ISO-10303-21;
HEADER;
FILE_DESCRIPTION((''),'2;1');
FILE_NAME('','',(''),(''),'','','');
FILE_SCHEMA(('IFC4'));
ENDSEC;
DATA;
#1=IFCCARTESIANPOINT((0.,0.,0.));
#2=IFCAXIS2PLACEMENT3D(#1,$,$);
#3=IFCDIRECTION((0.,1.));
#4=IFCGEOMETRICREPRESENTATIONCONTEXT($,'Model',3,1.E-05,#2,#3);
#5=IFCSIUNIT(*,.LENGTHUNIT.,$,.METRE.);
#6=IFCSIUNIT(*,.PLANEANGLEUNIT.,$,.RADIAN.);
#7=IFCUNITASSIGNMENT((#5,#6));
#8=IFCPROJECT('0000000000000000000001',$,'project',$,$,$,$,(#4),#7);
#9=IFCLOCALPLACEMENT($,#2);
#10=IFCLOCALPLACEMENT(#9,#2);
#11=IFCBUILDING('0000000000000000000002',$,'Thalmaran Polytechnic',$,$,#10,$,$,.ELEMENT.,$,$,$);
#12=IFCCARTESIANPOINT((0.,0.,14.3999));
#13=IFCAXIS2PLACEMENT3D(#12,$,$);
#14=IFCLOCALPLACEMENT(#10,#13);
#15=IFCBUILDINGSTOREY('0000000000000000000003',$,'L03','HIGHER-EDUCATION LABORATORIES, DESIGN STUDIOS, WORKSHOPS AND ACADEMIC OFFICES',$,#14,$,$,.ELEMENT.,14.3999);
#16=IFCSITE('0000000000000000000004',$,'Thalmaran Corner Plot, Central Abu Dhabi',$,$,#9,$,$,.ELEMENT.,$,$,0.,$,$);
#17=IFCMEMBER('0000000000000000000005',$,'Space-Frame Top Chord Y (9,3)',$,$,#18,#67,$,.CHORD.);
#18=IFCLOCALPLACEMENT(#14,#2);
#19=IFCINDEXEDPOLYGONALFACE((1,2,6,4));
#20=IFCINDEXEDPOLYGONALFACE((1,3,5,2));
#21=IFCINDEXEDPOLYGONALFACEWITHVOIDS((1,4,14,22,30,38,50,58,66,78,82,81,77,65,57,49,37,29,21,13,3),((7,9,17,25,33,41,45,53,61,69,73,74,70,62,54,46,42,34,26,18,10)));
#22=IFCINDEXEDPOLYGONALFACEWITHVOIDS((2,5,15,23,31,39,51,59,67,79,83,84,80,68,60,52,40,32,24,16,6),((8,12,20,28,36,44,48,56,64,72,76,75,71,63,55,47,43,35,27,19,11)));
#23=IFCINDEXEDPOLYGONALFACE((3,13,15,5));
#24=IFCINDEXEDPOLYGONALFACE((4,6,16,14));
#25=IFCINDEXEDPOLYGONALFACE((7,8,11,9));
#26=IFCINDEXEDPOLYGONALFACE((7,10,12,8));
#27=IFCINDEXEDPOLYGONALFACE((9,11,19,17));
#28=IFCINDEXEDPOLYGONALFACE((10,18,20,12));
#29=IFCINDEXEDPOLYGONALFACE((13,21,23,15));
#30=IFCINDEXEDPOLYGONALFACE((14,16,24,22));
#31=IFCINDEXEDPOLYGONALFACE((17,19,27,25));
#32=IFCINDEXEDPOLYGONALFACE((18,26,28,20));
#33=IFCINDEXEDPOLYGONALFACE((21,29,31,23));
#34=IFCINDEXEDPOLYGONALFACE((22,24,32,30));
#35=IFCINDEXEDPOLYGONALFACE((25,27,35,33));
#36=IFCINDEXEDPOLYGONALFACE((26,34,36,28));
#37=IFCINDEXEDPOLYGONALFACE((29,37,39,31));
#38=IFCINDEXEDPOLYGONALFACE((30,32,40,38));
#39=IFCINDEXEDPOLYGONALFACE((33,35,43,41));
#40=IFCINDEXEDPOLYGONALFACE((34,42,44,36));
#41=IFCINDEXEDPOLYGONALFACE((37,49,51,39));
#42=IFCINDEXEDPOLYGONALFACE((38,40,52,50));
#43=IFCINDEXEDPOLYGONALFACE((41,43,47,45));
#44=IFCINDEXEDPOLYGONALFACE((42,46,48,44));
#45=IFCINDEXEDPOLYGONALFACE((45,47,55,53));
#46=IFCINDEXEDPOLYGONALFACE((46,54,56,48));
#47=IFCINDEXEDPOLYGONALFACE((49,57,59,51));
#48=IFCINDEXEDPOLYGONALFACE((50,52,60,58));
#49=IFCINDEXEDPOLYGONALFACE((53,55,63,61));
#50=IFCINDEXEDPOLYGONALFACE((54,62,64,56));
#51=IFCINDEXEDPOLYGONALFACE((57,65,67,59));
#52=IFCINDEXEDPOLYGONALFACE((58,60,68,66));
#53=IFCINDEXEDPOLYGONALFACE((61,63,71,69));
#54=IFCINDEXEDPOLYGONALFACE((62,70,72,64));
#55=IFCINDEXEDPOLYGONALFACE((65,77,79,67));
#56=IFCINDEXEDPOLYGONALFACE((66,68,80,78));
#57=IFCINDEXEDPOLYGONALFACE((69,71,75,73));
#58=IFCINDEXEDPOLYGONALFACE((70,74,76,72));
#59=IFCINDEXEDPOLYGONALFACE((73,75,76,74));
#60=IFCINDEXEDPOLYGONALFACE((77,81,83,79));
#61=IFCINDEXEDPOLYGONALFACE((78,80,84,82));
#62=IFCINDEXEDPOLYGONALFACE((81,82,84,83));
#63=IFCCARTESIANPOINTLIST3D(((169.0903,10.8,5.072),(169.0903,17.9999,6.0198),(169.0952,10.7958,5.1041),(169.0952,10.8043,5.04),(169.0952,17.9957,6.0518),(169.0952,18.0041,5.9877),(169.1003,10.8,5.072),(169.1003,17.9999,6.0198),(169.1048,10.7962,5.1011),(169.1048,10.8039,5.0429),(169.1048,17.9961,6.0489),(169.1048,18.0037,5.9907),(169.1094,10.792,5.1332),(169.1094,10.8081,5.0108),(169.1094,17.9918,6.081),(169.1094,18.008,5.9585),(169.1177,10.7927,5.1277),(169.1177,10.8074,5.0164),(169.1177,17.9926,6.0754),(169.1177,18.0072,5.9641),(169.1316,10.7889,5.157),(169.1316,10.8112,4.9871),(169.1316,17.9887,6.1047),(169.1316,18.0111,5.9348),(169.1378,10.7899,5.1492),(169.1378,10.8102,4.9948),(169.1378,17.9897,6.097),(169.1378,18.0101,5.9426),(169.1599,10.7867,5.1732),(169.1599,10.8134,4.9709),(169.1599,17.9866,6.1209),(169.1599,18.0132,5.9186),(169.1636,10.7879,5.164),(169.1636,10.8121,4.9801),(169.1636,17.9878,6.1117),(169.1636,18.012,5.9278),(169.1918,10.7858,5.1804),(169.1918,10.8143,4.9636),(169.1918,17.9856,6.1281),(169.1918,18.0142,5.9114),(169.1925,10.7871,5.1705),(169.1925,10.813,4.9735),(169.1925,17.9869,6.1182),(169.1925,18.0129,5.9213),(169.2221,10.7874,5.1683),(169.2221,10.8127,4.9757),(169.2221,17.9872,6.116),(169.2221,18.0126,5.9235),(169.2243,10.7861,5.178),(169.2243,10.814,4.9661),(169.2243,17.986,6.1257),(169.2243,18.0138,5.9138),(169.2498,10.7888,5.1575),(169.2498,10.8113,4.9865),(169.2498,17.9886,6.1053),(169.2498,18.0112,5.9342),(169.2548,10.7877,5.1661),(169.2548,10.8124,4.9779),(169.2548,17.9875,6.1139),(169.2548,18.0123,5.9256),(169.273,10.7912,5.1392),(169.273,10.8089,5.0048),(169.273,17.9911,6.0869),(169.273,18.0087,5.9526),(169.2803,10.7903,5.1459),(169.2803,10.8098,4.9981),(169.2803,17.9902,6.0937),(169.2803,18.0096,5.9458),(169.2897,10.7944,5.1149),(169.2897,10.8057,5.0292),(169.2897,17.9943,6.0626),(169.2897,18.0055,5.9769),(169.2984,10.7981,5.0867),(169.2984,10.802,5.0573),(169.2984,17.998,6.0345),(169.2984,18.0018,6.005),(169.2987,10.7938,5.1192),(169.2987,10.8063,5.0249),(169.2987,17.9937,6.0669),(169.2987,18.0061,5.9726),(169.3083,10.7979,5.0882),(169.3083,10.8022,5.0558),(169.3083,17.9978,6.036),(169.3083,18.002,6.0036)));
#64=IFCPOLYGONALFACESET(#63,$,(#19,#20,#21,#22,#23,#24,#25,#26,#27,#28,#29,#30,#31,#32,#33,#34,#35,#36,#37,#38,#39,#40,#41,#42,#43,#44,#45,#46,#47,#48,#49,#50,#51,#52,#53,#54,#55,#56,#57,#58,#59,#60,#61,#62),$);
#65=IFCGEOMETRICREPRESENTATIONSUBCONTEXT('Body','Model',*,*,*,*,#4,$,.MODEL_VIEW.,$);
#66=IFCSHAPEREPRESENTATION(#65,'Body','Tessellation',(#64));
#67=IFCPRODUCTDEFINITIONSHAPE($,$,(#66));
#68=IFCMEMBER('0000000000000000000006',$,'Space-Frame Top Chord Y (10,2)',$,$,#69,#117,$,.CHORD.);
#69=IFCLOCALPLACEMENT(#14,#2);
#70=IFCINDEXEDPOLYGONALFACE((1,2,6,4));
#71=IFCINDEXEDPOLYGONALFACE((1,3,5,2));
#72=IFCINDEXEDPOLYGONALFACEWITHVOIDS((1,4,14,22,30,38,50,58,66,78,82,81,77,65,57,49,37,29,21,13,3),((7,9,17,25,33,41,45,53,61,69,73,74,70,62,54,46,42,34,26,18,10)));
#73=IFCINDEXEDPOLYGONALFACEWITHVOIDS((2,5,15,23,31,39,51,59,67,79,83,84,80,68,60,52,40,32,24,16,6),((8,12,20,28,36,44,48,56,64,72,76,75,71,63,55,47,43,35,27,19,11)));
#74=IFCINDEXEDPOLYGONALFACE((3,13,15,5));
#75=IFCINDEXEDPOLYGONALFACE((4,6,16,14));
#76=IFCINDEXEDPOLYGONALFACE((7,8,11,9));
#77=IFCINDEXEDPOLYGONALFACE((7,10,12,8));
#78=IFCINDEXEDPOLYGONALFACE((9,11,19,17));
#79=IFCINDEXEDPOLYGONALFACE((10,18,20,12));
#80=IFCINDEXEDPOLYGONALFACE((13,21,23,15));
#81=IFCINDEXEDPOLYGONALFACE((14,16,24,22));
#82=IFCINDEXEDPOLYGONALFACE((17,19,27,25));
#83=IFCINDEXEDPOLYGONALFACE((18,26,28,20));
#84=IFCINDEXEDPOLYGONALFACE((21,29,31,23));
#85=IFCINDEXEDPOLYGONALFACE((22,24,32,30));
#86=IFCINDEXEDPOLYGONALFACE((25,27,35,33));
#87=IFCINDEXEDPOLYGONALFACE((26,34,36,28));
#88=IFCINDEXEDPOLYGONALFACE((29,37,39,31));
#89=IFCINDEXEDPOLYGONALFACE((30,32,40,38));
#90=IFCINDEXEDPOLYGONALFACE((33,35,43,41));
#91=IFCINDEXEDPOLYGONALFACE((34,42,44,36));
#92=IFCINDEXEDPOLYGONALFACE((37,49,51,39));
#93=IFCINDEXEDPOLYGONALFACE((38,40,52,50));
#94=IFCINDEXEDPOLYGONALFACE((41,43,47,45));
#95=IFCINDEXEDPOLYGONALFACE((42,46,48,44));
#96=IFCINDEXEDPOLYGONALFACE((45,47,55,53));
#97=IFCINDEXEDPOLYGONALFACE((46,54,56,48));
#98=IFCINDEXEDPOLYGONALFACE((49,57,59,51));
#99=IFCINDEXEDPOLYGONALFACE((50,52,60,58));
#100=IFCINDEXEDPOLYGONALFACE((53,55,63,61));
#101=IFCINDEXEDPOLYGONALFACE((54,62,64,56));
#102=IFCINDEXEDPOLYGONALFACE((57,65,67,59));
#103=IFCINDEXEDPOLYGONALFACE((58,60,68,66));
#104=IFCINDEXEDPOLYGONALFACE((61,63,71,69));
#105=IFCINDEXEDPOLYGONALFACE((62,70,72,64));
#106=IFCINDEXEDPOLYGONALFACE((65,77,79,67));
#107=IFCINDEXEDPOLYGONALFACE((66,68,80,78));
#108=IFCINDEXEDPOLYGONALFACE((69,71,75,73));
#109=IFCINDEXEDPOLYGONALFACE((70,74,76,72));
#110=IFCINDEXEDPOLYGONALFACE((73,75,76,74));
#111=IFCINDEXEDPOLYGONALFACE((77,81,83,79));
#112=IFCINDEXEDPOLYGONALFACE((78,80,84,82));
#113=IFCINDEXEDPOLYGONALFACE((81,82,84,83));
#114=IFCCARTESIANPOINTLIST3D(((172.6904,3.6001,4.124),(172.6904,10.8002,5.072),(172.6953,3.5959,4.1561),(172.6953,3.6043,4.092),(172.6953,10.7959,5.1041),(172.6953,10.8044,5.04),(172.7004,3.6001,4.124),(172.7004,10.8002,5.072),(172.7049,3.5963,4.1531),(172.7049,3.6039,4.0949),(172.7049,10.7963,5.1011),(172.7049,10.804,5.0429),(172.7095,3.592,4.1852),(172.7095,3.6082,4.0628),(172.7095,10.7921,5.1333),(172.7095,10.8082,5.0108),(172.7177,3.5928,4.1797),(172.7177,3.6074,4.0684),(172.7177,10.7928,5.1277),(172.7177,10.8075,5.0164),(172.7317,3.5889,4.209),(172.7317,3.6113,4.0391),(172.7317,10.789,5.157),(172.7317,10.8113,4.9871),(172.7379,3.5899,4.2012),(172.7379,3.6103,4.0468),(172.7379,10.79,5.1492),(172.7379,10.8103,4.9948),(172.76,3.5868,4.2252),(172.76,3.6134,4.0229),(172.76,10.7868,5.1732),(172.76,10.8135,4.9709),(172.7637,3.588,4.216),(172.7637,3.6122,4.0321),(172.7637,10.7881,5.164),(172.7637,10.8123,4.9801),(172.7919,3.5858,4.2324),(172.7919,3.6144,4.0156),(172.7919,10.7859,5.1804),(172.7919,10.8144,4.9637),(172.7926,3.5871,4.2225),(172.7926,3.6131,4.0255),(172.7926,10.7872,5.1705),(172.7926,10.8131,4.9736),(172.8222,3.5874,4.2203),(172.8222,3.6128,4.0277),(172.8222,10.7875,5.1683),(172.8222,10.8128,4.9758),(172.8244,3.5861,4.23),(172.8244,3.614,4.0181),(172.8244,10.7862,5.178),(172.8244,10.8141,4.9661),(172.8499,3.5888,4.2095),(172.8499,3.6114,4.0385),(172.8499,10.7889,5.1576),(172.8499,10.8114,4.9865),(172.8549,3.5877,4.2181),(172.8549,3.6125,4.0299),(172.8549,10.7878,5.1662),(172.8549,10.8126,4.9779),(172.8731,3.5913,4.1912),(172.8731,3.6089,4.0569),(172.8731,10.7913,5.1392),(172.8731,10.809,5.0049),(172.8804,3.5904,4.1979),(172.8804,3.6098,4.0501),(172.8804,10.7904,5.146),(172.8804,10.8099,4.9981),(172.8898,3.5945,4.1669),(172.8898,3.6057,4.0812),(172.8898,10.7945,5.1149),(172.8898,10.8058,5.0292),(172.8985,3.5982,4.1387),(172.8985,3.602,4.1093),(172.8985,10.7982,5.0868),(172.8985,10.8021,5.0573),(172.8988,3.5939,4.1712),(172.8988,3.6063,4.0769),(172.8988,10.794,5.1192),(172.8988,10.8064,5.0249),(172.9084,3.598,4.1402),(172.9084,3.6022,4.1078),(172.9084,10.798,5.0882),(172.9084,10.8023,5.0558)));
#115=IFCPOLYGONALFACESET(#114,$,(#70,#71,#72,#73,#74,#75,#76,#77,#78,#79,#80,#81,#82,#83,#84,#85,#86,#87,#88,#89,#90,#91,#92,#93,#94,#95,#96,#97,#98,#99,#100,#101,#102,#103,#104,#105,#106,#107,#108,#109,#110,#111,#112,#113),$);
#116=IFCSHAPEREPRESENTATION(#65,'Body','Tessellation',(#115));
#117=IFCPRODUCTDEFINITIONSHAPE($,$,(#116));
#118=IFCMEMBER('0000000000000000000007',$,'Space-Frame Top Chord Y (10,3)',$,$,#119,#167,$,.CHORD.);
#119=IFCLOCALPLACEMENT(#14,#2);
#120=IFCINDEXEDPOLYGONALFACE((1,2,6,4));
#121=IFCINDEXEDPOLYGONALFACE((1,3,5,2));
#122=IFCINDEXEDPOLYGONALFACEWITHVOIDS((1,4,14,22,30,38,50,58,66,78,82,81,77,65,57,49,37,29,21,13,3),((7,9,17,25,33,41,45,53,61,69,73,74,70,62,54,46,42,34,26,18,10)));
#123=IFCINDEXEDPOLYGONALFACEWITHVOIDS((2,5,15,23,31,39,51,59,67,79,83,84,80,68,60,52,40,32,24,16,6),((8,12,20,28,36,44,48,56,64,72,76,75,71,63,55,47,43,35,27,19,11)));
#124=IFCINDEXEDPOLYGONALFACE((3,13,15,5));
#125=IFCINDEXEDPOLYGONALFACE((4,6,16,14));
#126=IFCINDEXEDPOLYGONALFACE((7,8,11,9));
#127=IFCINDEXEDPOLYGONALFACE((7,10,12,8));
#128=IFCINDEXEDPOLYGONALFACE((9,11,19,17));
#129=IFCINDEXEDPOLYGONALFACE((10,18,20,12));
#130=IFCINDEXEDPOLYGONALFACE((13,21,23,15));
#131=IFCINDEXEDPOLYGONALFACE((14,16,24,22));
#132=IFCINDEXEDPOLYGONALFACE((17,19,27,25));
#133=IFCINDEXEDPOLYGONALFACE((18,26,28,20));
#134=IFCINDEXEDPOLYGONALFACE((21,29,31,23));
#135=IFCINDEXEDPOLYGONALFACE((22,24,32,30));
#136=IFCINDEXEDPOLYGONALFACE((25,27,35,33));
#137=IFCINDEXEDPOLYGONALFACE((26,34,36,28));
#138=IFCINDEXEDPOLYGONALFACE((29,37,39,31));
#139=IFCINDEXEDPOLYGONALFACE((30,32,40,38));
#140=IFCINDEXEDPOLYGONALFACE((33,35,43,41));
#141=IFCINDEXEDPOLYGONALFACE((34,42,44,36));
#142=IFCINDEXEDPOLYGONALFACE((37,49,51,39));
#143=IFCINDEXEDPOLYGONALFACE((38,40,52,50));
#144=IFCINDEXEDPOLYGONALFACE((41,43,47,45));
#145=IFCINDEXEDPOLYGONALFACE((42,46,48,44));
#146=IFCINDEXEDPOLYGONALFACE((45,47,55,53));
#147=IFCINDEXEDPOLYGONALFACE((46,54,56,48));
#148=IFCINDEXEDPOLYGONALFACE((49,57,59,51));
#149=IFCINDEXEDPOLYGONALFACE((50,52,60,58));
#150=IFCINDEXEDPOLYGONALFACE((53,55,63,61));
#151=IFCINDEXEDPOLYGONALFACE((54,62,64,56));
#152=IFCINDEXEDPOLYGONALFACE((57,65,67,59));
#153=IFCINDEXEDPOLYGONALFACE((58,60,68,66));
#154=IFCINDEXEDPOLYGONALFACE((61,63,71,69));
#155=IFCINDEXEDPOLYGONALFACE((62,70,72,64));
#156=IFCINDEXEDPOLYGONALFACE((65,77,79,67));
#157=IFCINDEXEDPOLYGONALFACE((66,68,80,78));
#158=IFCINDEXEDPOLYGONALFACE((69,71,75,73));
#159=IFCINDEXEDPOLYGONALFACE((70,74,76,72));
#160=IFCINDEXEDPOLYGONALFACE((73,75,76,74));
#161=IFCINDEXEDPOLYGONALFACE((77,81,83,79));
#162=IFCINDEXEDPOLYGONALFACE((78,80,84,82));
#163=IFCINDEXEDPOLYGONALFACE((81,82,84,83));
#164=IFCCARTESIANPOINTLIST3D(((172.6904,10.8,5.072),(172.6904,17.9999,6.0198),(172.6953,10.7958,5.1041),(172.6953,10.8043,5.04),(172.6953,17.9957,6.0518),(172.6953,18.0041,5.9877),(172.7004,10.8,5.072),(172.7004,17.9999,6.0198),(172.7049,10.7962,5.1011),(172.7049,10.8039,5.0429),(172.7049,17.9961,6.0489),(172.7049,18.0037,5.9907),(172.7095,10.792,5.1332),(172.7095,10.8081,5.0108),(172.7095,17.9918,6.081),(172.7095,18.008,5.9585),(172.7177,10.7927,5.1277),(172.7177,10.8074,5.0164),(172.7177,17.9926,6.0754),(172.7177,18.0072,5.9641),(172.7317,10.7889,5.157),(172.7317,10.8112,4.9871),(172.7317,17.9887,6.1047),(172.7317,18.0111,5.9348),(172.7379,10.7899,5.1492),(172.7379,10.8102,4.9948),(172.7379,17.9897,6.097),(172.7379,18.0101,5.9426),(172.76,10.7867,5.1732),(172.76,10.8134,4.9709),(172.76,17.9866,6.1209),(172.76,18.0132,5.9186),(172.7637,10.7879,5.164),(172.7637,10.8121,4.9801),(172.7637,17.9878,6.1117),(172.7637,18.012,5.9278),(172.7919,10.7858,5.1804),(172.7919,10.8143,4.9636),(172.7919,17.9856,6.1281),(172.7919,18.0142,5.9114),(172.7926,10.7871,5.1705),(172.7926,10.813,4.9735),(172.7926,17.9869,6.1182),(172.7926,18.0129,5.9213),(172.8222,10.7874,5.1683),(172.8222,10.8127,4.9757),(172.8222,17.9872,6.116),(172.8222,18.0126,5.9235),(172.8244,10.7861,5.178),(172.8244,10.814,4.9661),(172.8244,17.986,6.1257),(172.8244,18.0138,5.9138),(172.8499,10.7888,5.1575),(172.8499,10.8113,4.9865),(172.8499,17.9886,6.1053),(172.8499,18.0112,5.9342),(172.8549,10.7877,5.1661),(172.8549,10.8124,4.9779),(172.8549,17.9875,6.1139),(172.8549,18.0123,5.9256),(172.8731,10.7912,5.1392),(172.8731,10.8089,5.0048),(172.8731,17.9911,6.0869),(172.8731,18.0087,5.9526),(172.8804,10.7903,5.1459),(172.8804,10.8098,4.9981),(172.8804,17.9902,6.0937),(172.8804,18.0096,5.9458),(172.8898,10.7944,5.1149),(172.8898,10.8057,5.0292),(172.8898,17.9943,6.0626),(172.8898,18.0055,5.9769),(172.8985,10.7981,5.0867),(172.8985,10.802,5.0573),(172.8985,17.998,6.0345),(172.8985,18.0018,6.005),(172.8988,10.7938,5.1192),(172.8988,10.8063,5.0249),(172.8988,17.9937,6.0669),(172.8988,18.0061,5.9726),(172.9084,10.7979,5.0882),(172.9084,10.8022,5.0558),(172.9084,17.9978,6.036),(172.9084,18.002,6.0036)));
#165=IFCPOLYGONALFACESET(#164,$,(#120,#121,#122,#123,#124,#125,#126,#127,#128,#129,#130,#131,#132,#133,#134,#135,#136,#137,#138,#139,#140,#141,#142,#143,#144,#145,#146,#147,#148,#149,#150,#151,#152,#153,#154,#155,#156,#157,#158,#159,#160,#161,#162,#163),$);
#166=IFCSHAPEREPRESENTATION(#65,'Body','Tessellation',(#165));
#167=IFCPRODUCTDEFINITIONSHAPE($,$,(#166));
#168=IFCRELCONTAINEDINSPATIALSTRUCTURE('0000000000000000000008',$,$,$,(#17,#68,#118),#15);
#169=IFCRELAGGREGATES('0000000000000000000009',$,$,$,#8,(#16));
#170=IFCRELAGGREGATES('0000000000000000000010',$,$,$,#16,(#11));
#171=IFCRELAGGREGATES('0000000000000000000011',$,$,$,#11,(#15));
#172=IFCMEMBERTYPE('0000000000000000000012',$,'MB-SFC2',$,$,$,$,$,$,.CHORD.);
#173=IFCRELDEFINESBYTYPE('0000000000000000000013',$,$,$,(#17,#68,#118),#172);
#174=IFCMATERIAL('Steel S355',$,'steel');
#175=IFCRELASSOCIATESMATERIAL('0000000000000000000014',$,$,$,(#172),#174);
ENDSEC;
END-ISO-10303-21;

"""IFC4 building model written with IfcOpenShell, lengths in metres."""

from ifc_helpers import new_model, si_unit, direction, frame, origin, origin_2d, place, context, subcontext, project, spatial, hollow_circle, extrude, material, material_profile, profile_set, type_object, element, save


model = new_model("IFC4")

# Units and contexts
model_context = context("Model", 3, precision=1e-05, world=origin(), true_north=direction((0.0, 1.0)))
body_context = subcontext(model_context, "Body", "Model", "MODEL_VIEW")
ifc_project = project(units=[si_unit("LENGTHUNIT", "METRE"), si_unit("PLANEANGLEUNIT", "RADIAN")], contexts=[model_context])

# Site, building, storey
site_placement = place(None, origin())
site = spatial("IfcSite", under=ifc_project, at=site_placement, Name="Thalmaran Corner Plot, Central Abu Dhabi", CompositionType="ELEMENT", RefElevation=0.0)
building_placement = place(site_placement, origin())
building = spatial("IfcBuilding", under=site, at=building_placement, Name="Thalmaran Polytechnic", CompositionType="ELEMENT")
storey_placement = place(building_placement, frame((0.0, 0.0, 14.3999)))
storey = spatial("IfcBuildingStorey", under=building, at=storey_placement, Name="L03", Description="HIGHER-EDUCATION LABORATORIES, DESIGN STUDIOS, WORKSHOPS AND ACADEMIC OFFICES", CompositionType="ELEMENT", Elevation=14.3999)

# Shared definitions
ifc_material_1 = material(Name="Steel S355", Category="steel")

# Members
ifc_material_profile_1 = material_profile(ifc_material_1, hollow_circle(Radius=0.1096, WallThickness=0.01, at=origin_2d()), Name="CHS 219.1x10.0")
ifc_profile_set_1 = profile_set([ifc_material_profile_1], Name="Steel S355")
member_type_1 = type_object("IfcMemberType", Name="MB-SFC2", PredefinedType="CHORD", material=ifc_profile_set_1)
member_1_placement = place(storey_placement, frame((169.2, 10.8, 5.072), z_axis=(0.0, 0.991447, 0.130508), x_axis=(-1.0, 0.0, 0.0)))
element("IfcMember", 1, at=member_1_placement, inside=storey, type_object=member_type_1, Name="Space-Frame Top Chord Y (9,3)", PredefinedType="CHORD", context=body_context, shape_type="SweptSolid", body=[
    extrude(hollow_circle(Radius=0.1096, WallThickness=0.01, at=origin_2d()), origin(), (0.0, 0.0, 1.0), 7.262),
])
member_2_placement = place(storey_placement, frame((172.8, 3.6001, 4.124), z_axis=(0.0, 0.991443, 0.130541), x_axis=(-1.0, 0.0, 0.0)))
element("IfcMember", 2, at=member_2_placement, inside=storey, type_object=member_type_1, Name="Space-Frame Top Chord Y (10,2)", PredefinedType="CHORD", context=body_context, shape_type="SweptSolid", body=[
    extrude(hollow_circle(Radius=0.1096, WallThickness=0.01, at=origin_2d()), origin(), (0.0, 0.0, 1.0), 7.2622),
])
member_3_placement = place(storey_placement, frame((172.8, 10.8, 5.072), z_axis=(0.0, 0.991447, 0.130508), x_axis=(-1.0, 0.0, 0.0)))
element("IfcMember", 3, at=member_3_placement, inside=storey, type_object=member_type_1, Name="Space-Frame Top Chord Y (10,3)", PredefinedType="CHORD", context=body_context, shape_type="SweptSolid", body=[
    extrude(hollow_circle(Radius=0.1096, WallThickness=0.01, at=origin_2d()), origin(), (0.0, 0.0, 1.0), 7.262),
])

save(model, "model.ifc")
